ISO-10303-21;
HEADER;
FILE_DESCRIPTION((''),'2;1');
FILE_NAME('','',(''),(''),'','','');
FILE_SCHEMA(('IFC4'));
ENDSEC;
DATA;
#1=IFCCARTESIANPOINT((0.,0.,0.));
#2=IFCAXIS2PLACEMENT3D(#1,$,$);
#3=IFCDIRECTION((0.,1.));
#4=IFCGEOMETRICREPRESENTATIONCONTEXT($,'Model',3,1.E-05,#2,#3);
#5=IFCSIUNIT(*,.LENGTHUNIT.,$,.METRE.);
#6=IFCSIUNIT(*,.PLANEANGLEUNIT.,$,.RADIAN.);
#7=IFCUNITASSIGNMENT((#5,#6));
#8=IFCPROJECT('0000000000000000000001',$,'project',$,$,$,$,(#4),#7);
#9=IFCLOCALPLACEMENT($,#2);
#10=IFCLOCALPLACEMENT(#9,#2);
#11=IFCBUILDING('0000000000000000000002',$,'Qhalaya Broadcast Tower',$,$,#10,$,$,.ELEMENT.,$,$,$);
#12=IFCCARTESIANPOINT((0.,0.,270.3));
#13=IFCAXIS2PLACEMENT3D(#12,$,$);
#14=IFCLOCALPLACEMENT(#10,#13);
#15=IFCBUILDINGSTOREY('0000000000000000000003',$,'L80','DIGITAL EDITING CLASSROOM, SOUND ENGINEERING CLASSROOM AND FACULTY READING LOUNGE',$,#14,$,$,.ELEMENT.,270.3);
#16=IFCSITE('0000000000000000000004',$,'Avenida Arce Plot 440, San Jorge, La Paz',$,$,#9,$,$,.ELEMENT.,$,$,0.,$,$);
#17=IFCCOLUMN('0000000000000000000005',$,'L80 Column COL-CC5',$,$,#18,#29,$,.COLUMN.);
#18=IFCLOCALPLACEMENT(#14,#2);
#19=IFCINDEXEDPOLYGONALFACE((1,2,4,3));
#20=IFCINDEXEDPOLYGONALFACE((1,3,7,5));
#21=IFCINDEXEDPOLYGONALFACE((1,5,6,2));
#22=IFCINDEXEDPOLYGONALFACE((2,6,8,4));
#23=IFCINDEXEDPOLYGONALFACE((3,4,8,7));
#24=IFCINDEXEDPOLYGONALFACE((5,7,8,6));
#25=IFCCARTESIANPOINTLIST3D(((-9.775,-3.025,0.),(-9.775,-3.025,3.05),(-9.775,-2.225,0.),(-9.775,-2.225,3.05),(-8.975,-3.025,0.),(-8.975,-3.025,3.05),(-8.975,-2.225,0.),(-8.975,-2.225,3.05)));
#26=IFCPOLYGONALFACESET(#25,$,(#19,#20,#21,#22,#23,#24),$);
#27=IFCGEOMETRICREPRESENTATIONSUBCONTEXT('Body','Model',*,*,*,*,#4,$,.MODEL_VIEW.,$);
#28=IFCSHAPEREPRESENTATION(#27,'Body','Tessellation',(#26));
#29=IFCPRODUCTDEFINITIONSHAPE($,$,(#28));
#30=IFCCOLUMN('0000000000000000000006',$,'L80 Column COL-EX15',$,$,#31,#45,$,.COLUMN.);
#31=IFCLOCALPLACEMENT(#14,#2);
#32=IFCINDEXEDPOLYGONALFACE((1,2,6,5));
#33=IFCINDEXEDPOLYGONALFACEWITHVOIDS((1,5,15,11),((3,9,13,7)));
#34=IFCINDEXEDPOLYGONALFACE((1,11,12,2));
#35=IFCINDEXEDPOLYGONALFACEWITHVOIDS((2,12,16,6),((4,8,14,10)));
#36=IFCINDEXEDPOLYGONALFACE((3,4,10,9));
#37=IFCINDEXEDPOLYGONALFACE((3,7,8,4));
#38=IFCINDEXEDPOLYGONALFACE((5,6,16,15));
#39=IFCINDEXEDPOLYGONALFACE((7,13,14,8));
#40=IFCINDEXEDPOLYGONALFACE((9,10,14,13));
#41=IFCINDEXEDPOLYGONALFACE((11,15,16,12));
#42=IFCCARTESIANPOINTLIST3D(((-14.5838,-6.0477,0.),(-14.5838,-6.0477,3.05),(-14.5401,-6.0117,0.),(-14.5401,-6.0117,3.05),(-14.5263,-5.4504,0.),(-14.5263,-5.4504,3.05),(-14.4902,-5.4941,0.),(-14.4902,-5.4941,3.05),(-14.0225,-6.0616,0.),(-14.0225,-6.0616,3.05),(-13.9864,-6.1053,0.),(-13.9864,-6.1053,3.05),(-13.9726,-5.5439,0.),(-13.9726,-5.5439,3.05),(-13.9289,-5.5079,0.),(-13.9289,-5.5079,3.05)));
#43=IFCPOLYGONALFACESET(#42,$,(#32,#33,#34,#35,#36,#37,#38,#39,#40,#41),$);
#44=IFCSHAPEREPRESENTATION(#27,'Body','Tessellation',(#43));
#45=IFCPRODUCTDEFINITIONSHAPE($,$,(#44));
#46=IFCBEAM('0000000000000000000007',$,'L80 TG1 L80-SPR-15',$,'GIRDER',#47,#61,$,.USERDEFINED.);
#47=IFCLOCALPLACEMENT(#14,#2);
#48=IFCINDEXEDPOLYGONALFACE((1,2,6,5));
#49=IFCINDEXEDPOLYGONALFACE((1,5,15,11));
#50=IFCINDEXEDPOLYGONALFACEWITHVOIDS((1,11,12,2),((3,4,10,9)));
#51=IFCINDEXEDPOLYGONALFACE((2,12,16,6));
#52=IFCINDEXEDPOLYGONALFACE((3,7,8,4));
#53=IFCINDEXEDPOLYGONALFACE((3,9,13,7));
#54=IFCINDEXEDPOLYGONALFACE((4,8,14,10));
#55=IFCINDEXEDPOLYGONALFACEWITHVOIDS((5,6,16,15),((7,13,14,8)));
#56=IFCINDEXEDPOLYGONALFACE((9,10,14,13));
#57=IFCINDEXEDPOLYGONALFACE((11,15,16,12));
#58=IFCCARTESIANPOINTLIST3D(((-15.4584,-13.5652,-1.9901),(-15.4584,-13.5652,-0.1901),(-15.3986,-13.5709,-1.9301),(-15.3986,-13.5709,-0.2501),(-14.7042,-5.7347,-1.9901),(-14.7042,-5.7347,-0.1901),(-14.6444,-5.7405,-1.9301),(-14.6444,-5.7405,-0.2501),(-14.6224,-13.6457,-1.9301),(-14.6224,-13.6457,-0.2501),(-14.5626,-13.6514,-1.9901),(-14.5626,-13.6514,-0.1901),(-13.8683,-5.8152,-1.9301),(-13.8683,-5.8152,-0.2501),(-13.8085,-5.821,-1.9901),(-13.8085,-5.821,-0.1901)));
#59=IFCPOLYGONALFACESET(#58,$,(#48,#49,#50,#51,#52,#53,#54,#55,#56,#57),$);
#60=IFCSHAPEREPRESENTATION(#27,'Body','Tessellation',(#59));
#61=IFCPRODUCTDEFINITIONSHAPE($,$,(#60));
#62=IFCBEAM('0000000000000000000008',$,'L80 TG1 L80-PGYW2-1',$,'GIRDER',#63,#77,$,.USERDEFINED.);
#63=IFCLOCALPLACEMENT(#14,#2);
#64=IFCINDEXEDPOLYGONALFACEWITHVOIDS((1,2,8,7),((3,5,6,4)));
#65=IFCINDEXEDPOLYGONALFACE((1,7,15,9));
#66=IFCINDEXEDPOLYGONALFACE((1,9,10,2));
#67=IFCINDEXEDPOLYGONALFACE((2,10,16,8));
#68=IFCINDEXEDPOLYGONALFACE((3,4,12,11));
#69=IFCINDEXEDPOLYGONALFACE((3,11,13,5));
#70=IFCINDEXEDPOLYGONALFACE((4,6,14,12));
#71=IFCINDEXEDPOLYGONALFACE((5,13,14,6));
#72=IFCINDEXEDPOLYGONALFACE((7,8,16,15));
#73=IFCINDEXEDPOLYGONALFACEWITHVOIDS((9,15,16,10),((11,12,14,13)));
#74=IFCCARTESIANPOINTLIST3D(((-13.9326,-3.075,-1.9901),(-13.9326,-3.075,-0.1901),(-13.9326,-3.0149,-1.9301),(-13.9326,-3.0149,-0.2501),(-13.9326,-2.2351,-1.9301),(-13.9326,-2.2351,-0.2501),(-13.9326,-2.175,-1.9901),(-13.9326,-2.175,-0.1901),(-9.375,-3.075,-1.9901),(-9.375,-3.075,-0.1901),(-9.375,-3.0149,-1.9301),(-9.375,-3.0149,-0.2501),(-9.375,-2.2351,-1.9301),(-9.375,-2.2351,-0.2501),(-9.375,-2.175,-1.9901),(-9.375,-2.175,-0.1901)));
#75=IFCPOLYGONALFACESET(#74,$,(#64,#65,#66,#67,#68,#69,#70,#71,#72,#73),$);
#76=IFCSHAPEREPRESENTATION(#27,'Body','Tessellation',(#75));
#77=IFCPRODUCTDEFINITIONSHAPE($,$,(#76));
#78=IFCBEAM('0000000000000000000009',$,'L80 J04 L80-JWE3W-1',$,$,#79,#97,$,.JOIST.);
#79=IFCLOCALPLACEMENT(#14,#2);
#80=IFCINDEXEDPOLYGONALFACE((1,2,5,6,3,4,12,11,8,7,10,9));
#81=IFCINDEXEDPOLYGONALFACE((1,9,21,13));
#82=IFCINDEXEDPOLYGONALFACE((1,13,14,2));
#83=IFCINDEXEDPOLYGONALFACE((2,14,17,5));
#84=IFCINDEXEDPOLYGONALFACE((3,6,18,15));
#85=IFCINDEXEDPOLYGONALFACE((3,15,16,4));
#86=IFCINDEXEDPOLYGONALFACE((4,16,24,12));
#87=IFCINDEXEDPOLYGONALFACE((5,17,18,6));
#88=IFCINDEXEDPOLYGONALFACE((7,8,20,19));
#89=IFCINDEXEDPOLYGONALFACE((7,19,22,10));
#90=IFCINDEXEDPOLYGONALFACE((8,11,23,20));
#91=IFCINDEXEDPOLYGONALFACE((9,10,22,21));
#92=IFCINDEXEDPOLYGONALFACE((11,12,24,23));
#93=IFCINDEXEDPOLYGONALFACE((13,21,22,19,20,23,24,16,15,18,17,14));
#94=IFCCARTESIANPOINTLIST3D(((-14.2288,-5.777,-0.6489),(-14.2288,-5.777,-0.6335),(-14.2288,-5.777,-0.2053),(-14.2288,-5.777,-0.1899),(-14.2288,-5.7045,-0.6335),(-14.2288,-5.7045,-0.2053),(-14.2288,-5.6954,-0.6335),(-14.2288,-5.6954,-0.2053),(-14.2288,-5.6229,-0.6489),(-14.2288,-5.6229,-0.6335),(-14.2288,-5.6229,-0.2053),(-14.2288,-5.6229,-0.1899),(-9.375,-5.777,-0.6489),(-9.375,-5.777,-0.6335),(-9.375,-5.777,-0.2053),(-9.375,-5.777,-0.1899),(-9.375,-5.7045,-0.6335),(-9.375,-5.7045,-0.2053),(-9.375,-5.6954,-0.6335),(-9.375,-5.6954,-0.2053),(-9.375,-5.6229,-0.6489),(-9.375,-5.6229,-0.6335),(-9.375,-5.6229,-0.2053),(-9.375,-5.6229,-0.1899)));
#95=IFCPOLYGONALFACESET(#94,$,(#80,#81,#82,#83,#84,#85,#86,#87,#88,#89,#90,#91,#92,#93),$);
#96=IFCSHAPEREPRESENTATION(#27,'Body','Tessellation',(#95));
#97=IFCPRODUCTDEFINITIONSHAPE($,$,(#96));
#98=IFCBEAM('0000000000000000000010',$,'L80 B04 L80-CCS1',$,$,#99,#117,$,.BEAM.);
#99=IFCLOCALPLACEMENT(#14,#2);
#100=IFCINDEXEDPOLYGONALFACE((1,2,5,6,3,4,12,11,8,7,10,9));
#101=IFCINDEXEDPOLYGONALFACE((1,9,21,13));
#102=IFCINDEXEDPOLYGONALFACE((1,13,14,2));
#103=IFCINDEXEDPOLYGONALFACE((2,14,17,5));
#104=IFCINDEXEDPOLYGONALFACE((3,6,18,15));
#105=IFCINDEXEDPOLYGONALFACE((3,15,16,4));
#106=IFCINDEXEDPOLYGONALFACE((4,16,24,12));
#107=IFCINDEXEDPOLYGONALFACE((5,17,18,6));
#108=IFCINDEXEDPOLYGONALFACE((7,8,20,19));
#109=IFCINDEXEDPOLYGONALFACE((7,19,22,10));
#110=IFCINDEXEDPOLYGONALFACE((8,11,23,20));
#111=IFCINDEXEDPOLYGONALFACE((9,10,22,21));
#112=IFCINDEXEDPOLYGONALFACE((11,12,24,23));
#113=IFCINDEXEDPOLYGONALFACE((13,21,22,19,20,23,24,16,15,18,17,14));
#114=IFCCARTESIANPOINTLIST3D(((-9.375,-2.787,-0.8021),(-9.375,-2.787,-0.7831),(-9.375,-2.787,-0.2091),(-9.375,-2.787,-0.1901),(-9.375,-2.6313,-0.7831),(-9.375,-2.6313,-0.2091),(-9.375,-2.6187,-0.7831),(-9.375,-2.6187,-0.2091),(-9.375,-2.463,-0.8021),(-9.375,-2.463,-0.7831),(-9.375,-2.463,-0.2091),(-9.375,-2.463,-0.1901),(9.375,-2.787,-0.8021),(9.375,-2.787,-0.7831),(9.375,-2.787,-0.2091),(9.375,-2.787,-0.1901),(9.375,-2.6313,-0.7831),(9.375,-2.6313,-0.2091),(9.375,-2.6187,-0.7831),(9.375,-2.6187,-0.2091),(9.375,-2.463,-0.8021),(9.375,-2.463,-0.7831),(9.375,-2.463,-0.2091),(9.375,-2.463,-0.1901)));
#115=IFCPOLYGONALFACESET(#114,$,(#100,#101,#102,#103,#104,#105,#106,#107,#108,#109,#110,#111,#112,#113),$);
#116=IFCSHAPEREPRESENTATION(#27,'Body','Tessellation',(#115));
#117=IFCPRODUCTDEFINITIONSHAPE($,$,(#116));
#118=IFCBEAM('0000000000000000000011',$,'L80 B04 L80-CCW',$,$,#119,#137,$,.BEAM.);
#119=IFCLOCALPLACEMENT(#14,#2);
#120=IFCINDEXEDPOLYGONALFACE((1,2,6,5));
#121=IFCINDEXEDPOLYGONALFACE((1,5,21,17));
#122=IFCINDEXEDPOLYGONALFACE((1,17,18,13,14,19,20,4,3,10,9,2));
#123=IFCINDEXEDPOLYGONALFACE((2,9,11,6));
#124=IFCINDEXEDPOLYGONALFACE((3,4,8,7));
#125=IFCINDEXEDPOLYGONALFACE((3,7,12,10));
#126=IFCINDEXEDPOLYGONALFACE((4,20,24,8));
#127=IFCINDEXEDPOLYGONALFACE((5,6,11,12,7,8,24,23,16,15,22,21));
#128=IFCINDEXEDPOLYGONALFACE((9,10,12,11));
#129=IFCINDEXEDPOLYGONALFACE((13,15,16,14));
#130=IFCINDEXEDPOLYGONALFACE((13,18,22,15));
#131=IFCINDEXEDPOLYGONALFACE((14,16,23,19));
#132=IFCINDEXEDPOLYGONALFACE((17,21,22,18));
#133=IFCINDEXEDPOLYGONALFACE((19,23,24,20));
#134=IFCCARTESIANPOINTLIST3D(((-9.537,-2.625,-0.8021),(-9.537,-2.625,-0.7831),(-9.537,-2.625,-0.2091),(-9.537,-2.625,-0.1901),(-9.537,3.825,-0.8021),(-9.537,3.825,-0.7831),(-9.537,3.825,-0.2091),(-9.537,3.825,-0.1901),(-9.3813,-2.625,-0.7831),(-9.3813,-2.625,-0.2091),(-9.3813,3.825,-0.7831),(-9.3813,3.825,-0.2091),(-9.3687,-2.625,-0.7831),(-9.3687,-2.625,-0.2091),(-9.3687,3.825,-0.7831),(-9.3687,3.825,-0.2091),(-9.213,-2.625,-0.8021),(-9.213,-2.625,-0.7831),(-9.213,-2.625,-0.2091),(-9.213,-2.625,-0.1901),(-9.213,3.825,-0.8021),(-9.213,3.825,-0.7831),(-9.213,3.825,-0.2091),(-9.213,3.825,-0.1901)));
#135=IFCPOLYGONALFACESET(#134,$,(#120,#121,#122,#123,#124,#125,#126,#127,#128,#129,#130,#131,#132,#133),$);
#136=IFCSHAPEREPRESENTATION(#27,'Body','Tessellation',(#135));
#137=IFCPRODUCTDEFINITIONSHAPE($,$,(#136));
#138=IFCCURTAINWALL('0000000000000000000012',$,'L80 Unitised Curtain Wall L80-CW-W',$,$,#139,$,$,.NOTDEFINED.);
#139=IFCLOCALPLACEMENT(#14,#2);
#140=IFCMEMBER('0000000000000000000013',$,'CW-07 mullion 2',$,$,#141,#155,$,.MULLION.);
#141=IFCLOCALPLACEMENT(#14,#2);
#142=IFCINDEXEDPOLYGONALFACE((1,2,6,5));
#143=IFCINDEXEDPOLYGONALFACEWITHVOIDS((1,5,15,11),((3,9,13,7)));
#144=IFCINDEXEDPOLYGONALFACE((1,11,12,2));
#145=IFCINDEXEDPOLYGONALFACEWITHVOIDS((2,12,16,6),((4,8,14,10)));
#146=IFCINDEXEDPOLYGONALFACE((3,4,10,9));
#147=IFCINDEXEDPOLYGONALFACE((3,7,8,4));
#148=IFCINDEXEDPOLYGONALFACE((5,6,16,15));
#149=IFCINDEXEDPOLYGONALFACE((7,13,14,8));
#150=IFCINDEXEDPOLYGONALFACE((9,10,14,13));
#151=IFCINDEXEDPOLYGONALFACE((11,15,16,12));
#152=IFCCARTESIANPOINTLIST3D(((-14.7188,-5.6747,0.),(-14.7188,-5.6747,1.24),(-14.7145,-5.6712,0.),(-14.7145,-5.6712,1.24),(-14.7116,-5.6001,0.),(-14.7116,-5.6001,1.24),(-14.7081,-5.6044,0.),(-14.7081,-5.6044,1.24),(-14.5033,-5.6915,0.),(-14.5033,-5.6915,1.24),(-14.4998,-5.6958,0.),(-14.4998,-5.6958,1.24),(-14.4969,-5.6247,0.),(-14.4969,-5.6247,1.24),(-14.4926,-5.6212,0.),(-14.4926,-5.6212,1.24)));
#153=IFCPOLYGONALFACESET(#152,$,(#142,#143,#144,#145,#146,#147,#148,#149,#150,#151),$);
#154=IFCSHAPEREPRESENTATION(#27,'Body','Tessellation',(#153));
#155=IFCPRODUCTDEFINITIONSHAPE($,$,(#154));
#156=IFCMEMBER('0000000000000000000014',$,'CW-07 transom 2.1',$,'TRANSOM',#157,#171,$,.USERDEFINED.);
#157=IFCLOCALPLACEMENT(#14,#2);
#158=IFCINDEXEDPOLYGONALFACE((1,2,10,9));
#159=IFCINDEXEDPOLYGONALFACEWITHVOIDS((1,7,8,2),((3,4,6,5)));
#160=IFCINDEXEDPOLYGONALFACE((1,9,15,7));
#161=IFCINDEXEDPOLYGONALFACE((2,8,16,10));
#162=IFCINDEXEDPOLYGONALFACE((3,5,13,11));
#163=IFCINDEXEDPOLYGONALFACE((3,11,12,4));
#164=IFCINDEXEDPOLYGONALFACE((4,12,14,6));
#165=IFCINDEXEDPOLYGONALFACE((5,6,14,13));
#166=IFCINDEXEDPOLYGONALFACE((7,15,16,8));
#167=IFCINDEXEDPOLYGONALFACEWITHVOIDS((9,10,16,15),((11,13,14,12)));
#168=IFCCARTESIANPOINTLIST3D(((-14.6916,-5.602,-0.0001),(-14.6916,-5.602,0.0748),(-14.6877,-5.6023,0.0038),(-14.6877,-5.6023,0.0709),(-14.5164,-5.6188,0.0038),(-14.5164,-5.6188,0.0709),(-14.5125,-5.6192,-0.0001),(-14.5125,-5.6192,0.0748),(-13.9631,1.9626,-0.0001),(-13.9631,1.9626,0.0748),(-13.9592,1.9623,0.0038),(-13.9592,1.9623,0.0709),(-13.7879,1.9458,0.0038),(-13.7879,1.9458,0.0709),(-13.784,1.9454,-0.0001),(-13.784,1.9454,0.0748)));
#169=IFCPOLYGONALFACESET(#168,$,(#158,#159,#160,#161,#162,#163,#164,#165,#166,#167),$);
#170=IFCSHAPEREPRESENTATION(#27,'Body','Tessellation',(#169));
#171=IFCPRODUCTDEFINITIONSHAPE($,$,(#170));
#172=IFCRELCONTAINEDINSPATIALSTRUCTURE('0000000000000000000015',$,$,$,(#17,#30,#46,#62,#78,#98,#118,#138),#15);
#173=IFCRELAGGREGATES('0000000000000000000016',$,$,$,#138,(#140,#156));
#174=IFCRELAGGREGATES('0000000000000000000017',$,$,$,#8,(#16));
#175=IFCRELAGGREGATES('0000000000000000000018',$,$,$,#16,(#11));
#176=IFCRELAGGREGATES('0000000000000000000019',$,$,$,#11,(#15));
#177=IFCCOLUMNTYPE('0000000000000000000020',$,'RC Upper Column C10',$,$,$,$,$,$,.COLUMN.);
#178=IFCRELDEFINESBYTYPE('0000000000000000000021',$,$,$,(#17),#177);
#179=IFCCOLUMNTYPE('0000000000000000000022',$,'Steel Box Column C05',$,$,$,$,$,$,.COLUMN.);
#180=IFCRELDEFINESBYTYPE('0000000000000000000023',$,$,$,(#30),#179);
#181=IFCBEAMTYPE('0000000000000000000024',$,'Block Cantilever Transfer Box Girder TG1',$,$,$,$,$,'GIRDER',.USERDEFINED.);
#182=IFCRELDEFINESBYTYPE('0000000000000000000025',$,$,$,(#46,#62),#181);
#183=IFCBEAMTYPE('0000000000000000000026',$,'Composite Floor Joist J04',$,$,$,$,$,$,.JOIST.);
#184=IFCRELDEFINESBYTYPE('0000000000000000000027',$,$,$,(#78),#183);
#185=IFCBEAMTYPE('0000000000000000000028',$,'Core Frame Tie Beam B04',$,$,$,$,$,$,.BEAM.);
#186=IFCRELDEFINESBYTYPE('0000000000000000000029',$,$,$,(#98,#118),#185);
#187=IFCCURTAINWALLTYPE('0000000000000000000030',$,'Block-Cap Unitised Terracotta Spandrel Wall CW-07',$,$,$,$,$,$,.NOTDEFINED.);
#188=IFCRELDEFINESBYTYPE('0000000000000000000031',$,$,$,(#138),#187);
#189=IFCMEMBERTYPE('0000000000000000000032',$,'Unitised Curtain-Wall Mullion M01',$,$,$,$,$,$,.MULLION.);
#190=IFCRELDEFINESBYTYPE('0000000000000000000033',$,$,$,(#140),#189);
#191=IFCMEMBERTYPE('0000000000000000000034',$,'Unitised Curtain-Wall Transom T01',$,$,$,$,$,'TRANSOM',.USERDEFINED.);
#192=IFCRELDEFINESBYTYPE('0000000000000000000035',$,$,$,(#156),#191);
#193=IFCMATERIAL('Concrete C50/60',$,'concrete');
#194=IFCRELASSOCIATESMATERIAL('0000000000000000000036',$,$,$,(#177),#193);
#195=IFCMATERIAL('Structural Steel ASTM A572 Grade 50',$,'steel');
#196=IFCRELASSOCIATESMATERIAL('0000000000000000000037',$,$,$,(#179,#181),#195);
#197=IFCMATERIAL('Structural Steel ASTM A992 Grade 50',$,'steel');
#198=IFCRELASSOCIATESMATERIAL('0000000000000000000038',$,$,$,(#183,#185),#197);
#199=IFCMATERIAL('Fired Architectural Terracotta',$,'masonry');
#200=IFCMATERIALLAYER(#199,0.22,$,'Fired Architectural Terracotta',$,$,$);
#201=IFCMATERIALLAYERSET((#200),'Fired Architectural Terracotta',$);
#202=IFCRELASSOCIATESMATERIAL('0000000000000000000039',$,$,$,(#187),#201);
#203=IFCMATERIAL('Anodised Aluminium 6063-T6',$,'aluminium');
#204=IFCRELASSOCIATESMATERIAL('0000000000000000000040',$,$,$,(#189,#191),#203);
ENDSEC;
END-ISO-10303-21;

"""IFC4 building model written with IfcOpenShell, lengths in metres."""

from ifc_helpers import new_model, si_unit, direction, frame, origin, origin_2d, place, context, subcontext, project, spatial, rectangle, hollow_rectangle, i_section, extrude, material, layer, layer_set, material_profile, profile_set, type_object, element, aggregate, save


model = new_model("IFC4")

# Units and contexts
model_context = context("Model", 3, precision=1e-05, world=origin(), true_north=direction((0.0, 1.0)))
body_context = subcontext(model_context, "Body", "Model", "MODEL_VIEW")
ifc_project = project(units=[si_unit("LENGTHUNIT", "METRE"), si_unit("PLANEANGLEUNIT", "RADIAN")], contexts=[model_context])

# Site, building, storey
site_placement = place(None, origin())
site = spatial("IfcSite", under=ifc_project, at=site_placement, Name="Avenida Arce Plot 440, San Jorge, La Paz", CompositionType="ELEMENT", RefElevation=0.0)
building_placement = place(site_placement, origin())
building = spatial("IfcBuilding", under=site, at=building_placement, Name="Qhalaya Broadcast Tower", CompositionType="ELEMENT")
storey_placement = place(building_placement, frame((0.0, 0.0, 270.3)))
storey = spatial("IfcBuildingStorey", under=building, at=storey_placement, Name="L80", Description="DIGITAL EDITING CLASSROOM, SOUND ENGINEERING CLASSROOM AND FACULTY READING LOUNGE", CompositionType="ELEMENT", Elevation=270.3)

# Columns
ifc_material_1 = material(Name="Concrete C50/60", Category="concrete")
ifc_material_profile_1 = material_profile(ifc_material_1, rectangle(XDim=0.8, YDim=0.8, at=origin_2d()), Name="RC-COL 800x800")
ifc_profile_set_1 = profile_set([ifc_material_profile_1], Name="Concrete C50/60")
column_type_1 = type_object("IfcColumnType", Name="RC Upper Column C10", PredefinedType="COLUMN", material=ifc_profile_set_1)
column_1_placement = place(storey_placement, frame((-9.375, -2.625, 0.0), z_axis=(0.0, 0.0, 1.0), x_axis=(1.0, 0.0, 0.0)))
element("IfcColumn", 1, at=column_1_placement, inside=storey, type_object=column_type_1, Name="L80 Column COL-CC5", PredefinedType="COLUMN", context=body_context, shape_type="SweptSolid", body=[
    extrude(rectangle(XDim=0.8, YDim=0.8, at=origin_2d()), origin(), (0.0, 0.0, 1.0), 3.05),
])
ifc_material_2 = material(Name="Structural Steel ASTM A572 Grade 50", Category="steel")
ifc_material_profile_2 = material_profile(ifc_material_2, hollow_rectangle(XDim=0.6001, YDim=0.6001, WallThickness=0.04, at=origin_2d()), Name="BOX 600x600x40")
ifc_profile_set_2 = profile_set([ifc_material_profile_2], Name="Structural Steel ASTM A572 Grade 50")
column_type_2 = type_object("IfcColumnType", Name="Steel Box Column C05", PredefinedType="COLUMN", material=ifc_profile_set_2)
column_2_placement = place(storey_placement, frame((-14.2563, -5.7778, 0.0), z_axis=(0.0, 0.0, 1.0), x_axis=(0.095846, 0.995396, 0.0)))
element("IfcColumn", 2, at=column_2_placement, inside=storey, type_object=column_type_2, Name="L80 Column COL-EX15", PredefinedType="COLUMN", context=body_context, shape_type="SweptSolid", body=[
    extrude(hollow_rectangle(XDim=0.6001, YDim=0.6001, WallThickness=0.04, at=origin_2d()), origin(), (0.0, 0.0, 1.0), 3.05),
])

# Beams
ifc_material_profile_3 = material_profile(ifc_material_2, hollow_rectangle(XDim=0.8999, YDim=1.8, WallThickness=0.0601, at=origin_2d()), Name="BOX 900x1800x60")
ifc_profile_set_3 = profile_set([ifc_material_profile_3], Name="Structural Steel ASTM A572 Grade 50")
beam_type_1 = type_object("IfcBeamType", Name="Block Cantilever Transfer Box Girder TG1", ElementType="GIRDER", PredefinedType="USERDEFINED", material=ifc_profile_set_3)
beam_1_placement = place(storey_placement, frame((-14.2563, -5.7778, -1.0901), z_axis=(-0.095865, -0.995394, 0.0), x_axis=(0.995394, -0.095865, 0.0)))
element("IfcBeam", 3, at=beam_1_placement, inside=storey, type_object=beam_type_1, Name="L80 TG1 L80-SPR-15", ObjectType="GIRDER", PredefinedType="USERDEFINED", context=body_context, shape_type="SweptSolid", body=[
    extrude(hollow_rectangle(XDim=0.8999, YDim=1.8, WallThickness=0.0601, at=origin_2d()), origin(), (0.0, 0.0, 1.0), 7.8667),
])
beam_2_placement = place(storey_placement, frame((-13.9326, -2.625, -1.0901), z_axis=(1.0, 0.0, 0.0), x_axis=(0.0, 1.0, 0.0)))
element("IfcBeam", 4, at=beam_2_placement, inside=storey, type_object=beam_type_1, Name="L80 TG1 L80-PGYW2-1", ObjectType="GIRDER", PredefinedType="USERDEFINED", context=body_context, shape_type="SweptSolid", body=[
    extrude(hollow_rectangle(XDim=0.8999, YDim=1.8, WallThickness=0.0601, at=origin_2d()), origin(), (0.0, 0.0, 1.0), 4.5576),
])
ifc_material_3 = material(Name="Structural Steel ASTM A992 Grade 50", Category="steel")
ifc_material_profile_4 = material_profile(ifc_material_3, i_section(OverallWidth=0.1541, OverallDepth=0.459, WebThickness=0.009, FlangeThickness=0.0154, at=origin_2d()), Name="W18X46")
ifc_profile_set_4 = profile_set([ifc_material_profile_4], Name="Structural Steel ASTM A992 Grade 50")
beam_type_2 = type_object("IfcBeamType", Name="Composite Floor Joist J04", PredefinedType="JOIST", material=ifc_profile_set_4)
beam_3_placement = place(storey_placement, frame((-14.2288, -5.7, -0.4194), z_axis=(1.0, 0.0, 0.0), x_axis=(0.0, 1.0, 0.0)))
element("IfcBeam", 5, at=beam_3_placement, inside=storey, type_object=beam_type_2, Name="L80 J04 L80-JWE3W-1", PredefinedType="JOIST", context=body_context, shape_type="SweptSolid", body=[
    extrude(i_section(OverallWidth=0.1541, OverallDepth=0.459, WebThickness=0.009, FlangeThickness=0.0154, at=origin_2d()), origin(), (0.0, 0.0, 1.0), 4.8538),
])
ifc_material_profile_5 = material_profile(ifc_material_3, i_section(OverallWidth=0.324, OverallDepth=0.6121, WebThickness=0.0127, FlangeThickness=0.019, at=origin_2d()), Name="W24X104")
ifc_profile_set_5 = profile_set([ifc_material_profile_5], Name="Structural Steel ASTM A992 Grade 50")
beam_type_3 = type_object("IfcBeamType", Name="Core Frame Tie Beam B04", PredefinedType="BEAM", material=ifc_profile_set_5)
beam_4_placement = place(storey_placement, frame((-9.375, -2.625, -0.4961), z_axis=(1.0, 0.0, 0.0), x_axis=(0.0, 1.0, 0.0)))
element("IfcBeam", 6, at=beam_4_placement, inside=storey, type_object=beam_type_3, Name="L80 B04 L80-CCS1", PredefinedType="BEAM", context=body_context, shape_type="SweptSolid", body=[
    extrude(i_section(OverallWidth=0.324, OverallDepth=0.6121, WebThickness=0.0127, FlangeThickness=0.019, at=origin_2d()), origin(), (0.0, 0.0, 1.0), 18.75),
])
beam_5_placement = place(storey_placement, frame((-9.375, -2.625, -0.4961), z_axis=(0.0, 1.0, 0.0), x_axis=(-1.0, 0.0, 0.0)))
element("IfcBeam", 7, at=beam_5_placement, inside=storey, type_object=beam_type_3, Name="L80 B04 L80-CCW", PredefinedType="BEAM", context=body_context, shape_type="SweptSolid", body=[
    extrude(i_section(OverallWidth=0.324, OverallDepth=0.6121, WebThickness=0.0127, FlangeThickness=0.019, at=origin_2d()), origin(), (0.0, 0.0, 1.0), 6.45),
])

# Curtain wall, members
ifc_material_4 = material(Name="Fired Architectural Terracotta", Category="masonry")
ifc_layer_1 = layer(ifc_material_4, 0.22, Name="Fired Architectural Terracotta")
ifc_layer_set_1 = layer_set([ifc_layer_1], Name="Fired Architectural Terracotta")
curtain_wall_type = type_object("IfcCurtainWallType", Name="Block-Cap Unitised Terracotta Spandrel Wall CW-07", PredefinedType="NOTDEFINED", material=ifc_layer_set_1)
curtain_wall_placement = place(storey_placement, origin())
curtain_wall = element("IfcCurtainWall", 8, at=curtain_wall_placement, inside=storey, type_object=curtain_wall_type, Name="L80 Unitised Curtain Wall L80-CW-W", PredefinedType="NOTDEFINED")
ifc_material_5 = material(Name="Anodised Aluminium 6063-T6", Category="aluminium")
ifc_material_profile_6 = material_profile(ifc_material_5, hollow_rectangle(XDim=0.075, YDim=0.22, WallThickness=0.0039, at=origin_2d()), Name="ALU-MUL 75x220x4")
ifc_profile_set_6 = profile_set([ifc_material_profile_6], Name="Anodised Aluminium 6063-T6")
member_type_1 = type_object("IfcMemberType", Name="Unitised Curtain-Wall Mullion M01", PredefinedType="MULLION", material=ifc_profile_set_6)
member_1_placement = place(storey_placement, frame((-14.6057, -5.6479, 0.0), z_axis=(0.0, 0.0, 1.0), x_axis=(0.095848, 0.995396, 0.0)))
member_1 = element("IfcMember", 9, at=member_1_placement, type_object=member_type_1, Name="CW-07 mullion 2", PredefinedType="MULLION", context=body_context, shape_type="SweptSolid", body=[
    extrude(hollow_rectangle(XDim=0.075, YDim=0.22, WallThickness=0.0039, at=origin_2d()), origin(), (0.0, 0.0, 1.0), 1.24),
])
ifc_material_profile_7 = material_profile(ifc_material_5, hollow_rectangle(XDim=0.075, YDim=0.1799, WallThickness=0.0039, at=origin_2d()), Name="ALU-TRN 75x180x4")
ifc_profile_set_7 = profile_set([ifc_material_profile_7], Name="Anodised Aluminium 6063-T6")
member_type_2 = type_object("IfcMemberType", Name="Unitised Curtain-Wall Transom T01", ElementType="TRANSOM", PredefinedType="USERDEFINED", material=ifc_profile_set_7)
member_2_placement = place(storey_placement, frame((-14.6021, -5.6106, 0.0374), z_axis=(0.095861, 0.995395, 0.0), x_axis=(0.0, 0.0, 1.0)))
member_2 = element("IfcMember", 10, at=member_2_placement, type_object=member_type_2, Name="CW-07 transom 2.1", ObjectType="TRANSOM", PredefinedType="USERDEFINED", context=body_context, shape_type="SweptSolid", body=[
    extrude(hollow_rectangle(XDim=0.075, YDim=0.1799, WallThickness=0.0039, at=origin_2d()), origin(), (0.0, 0.0, 1.0), 7.5996),
])
aggregate(curtain_wall, [member_1, member_2])

save(model, "model.ifc")
